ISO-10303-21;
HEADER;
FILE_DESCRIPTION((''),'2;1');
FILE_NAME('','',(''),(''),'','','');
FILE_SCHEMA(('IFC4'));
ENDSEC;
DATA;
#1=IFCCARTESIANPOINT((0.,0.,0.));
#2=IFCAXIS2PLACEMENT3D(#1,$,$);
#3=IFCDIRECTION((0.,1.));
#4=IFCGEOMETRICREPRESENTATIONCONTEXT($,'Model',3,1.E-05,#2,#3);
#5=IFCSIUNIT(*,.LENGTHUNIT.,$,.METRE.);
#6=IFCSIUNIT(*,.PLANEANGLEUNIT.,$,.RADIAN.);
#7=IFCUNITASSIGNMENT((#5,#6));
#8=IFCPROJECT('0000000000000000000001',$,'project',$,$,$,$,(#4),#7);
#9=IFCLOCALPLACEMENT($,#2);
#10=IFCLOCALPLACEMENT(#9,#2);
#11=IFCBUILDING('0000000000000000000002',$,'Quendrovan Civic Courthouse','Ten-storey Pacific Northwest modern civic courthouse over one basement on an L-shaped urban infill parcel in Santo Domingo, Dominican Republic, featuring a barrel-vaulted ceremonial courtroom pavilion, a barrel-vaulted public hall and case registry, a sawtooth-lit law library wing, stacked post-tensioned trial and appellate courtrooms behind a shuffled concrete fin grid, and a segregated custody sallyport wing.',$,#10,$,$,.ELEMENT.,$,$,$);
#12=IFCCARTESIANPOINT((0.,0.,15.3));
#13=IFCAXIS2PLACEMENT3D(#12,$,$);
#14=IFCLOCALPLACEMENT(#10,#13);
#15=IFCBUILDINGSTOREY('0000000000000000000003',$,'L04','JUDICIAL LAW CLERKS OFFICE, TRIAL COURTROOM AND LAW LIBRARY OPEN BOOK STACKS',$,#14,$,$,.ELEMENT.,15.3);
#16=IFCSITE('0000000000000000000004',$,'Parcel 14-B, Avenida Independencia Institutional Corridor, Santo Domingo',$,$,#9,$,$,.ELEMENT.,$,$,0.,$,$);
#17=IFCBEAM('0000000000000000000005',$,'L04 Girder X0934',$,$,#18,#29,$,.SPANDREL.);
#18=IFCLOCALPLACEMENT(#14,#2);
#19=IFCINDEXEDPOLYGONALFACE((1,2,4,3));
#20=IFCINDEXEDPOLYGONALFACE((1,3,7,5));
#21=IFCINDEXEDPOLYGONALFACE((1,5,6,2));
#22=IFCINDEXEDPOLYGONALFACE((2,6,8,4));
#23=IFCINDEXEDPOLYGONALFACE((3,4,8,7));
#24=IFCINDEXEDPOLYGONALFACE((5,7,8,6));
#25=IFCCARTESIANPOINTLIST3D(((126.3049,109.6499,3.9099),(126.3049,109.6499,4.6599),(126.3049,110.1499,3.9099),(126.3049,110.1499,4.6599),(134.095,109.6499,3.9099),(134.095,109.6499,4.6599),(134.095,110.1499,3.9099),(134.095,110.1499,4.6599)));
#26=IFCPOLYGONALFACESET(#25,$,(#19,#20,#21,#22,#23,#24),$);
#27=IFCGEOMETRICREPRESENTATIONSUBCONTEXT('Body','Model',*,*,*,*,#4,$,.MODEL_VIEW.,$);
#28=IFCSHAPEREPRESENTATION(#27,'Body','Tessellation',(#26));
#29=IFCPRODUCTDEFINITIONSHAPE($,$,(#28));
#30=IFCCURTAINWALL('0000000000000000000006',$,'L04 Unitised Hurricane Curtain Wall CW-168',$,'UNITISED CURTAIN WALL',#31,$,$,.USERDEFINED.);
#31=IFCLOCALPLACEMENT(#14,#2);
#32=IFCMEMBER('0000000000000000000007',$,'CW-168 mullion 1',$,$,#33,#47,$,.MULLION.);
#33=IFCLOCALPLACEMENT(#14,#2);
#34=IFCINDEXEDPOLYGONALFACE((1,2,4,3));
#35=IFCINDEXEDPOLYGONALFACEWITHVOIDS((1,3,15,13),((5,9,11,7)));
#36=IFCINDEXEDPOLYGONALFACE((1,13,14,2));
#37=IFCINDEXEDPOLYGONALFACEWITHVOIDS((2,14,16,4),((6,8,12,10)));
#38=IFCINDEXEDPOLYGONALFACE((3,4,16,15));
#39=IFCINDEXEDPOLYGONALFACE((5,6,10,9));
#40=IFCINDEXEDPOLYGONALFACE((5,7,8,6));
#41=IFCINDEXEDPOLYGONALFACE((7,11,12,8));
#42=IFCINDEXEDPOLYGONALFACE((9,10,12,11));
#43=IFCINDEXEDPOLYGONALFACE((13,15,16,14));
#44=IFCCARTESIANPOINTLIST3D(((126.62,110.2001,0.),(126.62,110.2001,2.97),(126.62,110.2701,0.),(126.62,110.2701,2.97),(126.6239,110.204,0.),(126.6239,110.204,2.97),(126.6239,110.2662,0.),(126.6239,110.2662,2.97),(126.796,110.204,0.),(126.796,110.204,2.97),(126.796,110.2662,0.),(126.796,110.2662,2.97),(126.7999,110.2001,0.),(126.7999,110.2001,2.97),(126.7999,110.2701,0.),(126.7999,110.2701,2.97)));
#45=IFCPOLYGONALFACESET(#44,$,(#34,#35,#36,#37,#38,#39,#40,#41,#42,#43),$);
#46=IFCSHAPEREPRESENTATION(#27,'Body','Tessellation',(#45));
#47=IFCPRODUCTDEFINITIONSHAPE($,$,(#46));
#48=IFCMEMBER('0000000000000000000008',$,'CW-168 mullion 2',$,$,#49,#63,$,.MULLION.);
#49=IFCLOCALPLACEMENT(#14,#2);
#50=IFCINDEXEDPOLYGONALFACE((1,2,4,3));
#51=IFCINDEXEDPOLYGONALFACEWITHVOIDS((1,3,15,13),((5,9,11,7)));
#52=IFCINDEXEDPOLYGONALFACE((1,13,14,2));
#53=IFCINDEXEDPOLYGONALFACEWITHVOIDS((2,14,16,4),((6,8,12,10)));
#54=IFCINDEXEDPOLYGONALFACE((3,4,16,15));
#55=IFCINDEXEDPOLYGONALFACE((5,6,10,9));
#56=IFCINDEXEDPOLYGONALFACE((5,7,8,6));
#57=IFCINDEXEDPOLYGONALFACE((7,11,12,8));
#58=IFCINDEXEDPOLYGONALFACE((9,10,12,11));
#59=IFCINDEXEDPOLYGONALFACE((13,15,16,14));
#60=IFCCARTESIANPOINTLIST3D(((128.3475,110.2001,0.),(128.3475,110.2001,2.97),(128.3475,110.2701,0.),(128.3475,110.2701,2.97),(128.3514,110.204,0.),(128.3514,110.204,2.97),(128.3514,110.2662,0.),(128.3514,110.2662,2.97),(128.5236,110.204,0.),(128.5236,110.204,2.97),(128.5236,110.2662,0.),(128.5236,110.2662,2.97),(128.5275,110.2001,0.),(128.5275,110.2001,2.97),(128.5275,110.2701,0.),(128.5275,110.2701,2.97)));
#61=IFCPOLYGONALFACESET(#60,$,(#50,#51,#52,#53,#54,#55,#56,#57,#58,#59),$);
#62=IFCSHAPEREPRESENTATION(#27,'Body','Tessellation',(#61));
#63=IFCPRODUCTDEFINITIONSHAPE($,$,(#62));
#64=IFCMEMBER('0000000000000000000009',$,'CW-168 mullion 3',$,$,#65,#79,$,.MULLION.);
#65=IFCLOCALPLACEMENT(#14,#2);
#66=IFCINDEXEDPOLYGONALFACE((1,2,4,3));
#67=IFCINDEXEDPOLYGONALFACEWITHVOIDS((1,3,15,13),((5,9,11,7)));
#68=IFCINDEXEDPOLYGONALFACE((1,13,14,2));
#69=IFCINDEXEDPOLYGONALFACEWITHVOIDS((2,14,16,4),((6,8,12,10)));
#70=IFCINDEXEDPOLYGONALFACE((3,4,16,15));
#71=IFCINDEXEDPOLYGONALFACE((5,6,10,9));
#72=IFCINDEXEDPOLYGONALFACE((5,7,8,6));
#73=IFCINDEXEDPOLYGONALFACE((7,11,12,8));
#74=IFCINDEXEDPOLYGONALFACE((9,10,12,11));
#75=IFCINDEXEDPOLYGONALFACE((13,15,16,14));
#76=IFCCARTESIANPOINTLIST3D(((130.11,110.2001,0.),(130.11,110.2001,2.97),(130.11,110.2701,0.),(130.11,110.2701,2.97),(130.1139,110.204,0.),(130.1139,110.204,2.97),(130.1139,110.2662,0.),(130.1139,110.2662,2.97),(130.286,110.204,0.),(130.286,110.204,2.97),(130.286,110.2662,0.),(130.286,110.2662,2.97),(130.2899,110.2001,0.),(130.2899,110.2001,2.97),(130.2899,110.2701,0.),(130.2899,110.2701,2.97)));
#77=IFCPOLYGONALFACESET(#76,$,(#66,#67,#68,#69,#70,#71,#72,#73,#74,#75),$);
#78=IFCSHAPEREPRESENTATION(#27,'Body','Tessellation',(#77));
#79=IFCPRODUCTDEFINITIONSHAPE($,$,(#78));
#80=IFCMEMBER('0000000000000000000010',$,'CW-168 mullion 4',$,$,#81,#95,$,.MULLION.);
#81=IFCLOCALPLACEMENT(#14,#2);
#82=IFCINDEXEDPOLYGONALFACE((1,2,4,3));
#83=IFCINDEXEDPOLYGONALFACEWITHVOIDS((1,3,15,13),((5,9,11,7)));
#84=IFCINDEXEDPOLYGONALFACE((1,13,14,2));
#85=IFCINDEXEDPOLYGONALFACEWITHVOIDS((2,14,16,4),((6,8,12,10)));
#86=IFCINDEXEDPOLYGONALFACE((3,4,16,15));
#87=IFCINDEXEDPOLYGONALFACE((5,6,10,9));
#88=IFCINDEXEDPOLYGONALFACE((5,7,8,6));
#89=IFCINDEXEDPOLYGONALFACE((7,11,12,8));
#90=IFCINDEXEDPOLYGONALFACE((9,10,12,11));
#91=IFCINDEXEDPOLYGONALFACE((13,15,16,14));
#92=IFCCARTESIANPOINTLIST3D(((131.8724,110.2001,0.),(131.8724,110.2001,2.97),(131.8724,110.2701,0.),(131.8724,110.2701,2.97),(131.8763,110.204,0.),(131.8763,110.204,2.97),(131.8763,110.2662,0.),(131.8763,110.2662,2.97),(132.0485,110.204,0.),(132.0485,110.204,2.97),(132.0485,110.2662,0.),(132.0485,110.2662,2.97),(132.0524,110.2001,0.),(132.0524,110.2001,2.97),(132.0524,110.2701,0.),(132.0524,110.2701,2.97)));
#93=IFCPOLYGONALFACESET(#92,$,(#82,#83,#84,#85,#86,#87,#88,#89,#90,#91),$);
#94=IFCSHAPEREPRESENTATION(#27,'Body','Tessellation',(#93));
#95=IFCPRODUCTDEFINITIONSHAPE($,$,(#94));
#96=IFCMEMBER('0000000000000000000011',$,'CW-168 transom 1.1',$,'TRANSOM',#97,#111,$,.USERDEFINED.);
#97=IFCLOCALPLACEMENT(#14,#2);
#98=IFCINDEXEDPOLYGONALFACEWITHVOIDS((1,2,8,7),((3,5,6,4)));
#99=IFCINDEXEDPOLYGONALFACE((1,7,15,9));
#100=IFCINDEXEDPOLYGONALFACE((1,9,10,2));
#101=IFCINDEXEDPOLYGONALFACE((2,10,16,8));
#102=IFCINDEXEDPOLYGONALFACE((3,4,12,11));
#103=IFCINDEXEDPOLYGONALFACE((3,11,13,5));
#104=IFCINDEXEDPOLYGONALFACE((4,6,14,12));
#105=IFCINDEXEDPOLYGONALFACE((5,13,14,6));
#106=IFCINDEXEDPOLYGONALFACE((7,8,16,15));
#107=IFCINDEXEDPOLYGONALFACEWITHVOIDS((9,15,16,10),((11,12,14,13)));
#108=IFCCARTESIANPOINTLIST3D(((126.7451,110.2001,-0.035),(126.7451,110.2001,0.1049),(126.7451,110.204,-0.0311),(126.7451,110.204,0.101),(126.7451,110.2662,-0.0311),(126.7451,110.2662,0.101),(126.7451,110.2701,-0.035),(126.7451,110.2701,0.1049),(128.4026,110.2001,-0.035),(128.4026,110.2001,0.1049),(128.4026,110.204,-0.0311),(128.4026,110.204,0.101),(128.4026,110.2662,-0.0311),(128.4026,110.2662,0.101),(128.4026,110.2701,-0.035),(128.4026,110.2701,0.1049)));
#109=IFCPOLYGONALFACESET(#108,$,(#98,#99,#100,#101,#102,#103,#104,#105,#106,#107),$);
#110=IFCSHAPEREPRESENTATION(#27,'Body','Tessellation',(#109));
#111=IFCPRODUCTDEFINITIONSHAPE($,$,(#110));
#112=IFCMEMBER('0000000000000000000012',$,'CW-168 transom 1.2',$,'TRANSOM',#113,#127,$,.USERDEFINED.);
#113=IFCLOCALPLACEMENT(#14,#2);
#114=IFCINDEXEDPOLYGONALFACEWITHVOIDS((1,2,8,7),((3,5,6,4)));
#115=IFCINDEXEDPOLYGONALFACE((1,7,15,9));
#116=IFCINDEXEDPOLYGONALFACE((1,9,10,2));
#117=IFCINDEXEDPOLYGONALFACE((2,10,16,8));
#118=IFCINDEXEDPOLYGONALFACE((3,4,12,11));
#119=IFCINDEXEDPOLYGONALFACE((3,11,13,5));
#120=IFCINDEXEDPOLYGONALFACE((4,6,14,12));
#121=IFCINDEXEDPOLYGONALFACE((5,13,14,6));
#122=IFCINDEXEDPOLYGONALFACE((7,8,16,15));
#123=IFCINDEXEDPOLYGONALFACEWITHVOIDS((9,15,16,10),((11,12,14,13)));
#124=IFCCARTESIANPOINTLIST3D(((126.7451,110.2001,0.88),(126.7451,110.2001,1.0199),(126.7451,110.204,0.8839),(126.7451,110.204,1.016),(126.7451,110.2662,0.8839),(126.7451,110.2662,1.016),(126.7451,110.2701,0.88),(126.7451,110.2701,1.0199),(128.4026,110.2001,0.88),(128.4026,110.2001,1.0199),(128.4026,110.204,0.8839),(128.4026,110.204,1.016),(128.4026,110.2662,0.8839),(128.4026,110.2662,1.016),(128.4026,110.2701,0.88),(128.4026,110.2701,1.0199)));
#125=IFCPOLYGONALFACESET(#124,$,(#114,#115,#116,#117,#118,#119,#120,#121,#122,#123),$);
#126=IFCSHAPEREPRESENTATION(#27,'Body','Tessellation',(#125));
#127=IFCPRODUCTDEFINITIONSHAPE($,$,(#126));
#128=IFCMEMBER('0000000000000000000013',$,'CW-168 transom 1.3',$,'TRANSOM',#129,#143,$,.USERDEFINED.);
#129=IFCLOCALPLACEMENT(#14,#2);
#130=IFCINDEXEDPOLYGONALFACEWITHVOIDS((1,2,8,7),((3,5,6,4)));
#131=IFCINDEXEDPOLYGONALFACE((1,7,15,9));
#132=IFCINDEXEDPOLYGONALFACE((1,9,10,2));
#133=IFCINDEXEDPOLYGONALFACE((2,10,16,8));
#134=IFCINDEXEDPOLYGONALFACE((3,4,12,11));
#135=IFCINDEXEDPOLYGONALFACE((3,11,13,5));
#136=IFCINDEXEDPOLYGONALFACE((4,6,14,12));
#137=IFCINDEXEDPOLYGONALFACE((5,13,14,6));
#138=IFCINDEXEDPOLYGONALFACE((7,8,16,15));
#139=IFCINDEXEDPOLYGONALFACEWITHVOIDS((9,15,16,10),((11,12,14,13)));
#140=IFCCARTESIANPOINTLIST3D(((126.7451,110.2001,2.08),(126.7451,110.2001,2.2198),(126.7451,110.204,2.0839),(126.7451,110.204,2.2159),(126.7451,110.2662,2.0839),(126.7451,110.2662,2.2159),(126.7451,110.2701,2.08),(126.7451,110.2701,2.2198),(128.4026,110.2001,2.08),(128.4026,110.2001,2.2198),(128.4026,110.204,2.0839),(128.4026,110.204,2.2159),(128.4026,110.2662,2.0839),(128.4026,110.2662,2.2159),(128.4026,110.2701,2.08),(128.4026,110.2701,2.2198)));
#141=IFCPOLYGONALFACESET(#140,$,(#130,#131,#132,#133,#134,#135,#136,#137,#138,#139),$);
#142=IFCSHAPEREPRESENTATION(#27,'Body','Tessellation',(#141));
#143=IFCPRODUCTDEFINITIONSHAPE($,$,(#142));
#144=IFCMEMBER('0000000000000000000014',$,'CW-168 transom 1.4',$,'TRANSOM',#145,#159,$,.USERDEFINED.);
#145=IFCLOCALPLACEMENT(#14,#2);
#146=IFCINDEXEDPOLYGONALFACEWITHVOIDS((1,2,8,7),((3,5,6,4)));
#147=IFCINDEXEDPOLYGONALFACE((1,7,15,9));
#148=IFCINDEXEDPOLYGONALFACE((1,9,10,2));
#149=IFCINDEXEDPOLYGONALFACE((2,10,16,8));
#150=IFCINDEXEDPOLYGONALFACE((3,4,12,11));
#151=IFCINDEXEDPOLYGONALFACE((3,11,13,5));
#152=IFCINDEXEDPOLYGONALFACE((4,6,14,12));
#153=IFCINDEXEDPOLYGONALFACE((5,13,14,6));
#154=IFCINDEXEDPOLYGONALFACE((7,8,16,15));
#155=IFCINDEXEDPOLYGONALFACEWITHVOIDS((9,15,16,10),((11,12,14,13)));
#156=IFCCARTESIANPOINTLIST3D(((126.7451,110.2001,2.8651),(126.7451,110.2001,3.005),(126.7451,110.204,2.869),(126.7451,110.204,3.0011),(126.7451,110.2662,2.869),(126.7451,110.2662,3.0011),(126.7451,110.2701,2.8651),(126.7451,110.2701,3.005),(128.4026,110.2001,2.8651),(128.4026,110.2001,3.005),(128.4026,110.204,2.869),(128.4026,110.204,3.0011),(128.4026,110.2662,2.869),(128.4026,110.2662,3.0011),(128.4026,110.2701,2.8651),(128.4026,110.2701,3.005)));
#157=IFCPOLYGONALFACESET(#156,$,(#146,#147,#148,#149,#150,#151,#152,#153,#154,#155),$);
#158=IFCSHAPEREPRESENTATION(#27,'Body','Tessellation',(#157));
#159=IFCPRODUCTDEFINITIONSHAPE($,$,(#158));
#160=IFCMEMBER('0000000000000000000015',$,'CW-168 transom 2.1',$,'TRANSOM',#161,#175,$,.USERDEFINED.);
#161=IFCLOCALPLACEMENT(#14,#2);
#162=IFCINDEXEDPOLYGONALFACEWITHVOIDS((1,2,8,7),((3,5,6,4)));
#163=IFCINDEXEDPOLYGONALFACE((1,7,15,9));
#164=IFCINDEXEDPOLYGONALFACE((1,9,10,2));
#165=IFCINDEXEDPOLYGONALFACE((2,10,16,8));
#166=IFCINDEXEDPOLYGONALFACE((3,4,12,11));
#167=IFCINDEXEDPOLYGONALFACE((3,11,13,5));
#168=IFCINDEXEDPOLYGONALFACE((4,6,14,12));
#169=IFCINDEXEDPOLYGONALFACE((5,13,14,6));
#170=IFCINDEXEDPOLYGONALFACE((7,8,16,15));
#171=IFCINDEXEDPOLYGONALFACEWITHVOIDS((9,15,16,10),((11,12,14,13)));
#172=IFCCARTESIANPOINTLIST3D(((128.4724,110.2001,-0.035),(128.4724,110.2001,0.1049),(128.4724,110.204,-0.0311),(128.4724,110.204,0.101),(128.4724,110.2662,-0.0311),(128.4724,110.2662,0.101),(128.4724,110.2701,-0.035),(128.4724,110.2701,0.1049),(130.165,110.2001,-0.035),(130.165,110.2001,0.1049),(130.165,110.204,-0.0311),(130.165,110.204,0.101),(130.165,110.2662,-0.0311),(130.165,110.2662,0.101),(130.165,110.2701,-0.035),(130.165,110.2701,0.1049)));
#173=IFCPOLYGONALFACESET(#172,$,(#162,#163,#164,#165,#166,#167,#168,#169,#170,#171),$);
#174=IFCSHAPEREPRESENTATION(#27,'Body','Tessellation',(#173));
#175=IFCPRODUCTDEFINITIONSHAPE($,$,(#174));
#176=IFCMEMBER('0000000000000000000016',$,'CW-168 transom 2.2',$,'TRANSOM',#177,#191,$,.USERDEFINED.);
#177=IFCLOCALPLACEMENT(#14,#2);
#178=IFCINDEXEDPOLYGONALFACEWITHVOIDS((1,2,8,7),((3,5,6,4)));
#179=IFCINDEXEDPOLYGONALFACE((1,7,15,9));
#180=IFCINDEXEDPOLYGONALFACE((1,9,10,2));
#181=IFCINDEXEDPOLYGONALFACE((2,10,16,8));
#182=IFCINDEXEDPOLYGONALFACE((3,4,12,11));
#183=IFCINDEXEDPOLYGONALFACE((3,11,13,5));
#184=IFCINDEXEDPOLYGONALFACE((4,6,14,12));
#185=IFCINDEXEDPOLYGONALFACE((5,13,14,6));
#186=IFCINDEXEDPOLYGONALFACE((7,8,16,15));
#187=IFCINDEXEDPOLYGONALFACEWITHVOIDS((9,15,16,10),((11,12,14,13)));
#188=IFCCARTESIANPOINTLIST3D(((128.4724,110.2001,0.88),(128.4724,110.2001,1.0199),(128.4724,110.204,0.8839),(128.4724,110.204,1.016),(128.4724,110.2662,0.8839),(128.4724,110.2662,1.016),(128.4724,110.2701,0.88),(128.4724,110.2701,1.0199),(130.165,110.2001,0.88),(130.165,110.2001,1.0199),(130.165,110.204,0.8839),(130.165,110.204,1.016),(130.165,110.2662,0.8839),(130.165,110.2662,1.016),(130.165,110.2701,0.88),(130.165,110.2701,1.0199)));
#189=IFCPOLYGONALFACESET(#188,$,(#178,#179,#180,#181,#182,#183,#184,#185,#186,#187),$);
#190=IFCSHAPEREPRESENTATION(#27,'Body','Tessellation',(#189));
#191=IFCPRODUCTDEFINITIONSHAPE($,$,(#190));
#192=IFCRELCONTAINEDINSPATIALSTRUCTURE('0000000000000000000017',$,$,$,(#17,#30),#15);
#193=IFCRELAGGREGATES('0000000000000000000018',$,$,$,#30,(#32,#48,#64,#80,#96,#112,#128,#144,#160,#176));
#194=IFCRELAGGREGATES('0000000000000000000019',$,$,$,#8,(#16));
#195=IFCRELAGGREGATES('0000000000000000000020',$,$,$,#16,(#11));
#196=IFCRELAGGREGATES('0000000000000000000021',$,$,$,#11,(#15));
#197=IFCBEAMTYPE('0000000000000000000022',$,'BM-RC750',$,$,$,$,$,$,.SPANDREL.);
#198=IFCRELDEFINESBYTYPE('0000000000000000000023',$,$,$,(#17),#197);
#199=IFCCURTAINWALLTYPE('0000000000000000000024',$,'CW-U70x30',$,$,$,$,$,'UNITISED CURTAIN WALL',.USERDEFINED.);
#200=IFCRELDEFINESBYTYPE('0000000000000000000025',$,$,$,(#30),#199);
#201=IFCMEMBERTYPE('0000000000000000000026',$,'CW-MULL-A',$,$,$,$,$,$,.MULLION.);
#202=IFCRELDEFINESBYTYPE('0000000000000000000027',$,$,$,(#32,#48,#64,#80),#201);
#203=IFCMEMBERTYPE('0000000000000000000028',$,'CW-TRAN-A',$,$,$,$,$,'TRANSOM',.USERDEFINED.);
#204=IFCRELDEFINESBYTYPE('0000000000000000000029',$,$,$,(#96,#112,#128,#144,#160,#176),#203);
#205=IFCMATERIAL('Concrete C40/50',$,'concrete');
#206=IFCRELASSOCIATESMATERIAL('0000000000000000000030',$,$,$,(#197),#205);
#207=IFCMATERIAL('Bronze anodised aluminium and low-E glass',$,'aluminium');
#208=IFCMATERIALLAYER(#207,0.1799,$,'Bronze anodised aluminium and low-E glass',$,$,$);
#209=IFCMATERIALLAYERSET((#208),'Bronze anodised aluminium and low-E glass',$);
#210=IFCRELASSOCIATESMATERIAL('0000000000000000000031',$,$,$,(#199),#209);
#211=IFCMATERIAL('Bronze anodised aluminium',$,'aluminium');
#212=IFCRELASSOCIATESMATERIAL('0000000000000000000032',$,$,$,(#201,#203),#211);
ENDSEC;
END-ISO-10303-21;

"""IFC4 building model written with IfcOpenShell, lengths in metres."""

from ifc_helpers import new_model, si_unit, direction, frame, origin, origin_2d, place, context, subcontext, project, spatial, rectangle, hollow_rectangle, extrude, material, layer, layer_set, material_profile, profile_set, type_object, element, aggregate, save


model = new_model("IFC4")

# Units and contexts
model_context = context("Model", 3, precision=1e-05, world=origin(), true_north=direction((0.0, 1.0)))
body_context = subcontext(model_context, "Body", "Model", "MODEL_VIEW")
ifc_project = project(units=[si_unit("LENGTHUNIT", "METRE"), si_unit("PLANEANGLEUNIT", "RADIAN")], contexts=[model_context])

# Site, building, storey
site_placement = place(None, origin())
site = spatial("IfcSite", under=ifc_project, at=site_placement, Name="Parcel 14-B, Avenida Independencia Institutional Corridor, Santo Domingo", CompositionType="ELEMENT", RefElevation=0.0)
building_placement = place(site_placement, origin())
building = spatial("IfcBuilding", under=site, at=building_placement, Name="Quendrovan Civic Courthouse", Description="Ten-storey Pacific Northwest modern civic courthouse over one basement on an L-shaped urban infill parcel in Santo Domingo, Dominican Republic, featuring a barrel-vaulted ceremonial courtroom pavilion, a barrel-vaulted public hall and case registry, a sawtooth-lit law library wing, stacked post-tensioned trial and appellate courtrooms behind a shuffled concrete fin grid, and a segregated custody sallyport wing.", CompositionType="ELEMENT")
storey_placement = place(building_placement, frame((0.0, 0.0, 15.3)))
storey = spatial("IfcBuildingStorey", under=building, at=storey_placement, Name="L04", Description="JUDICIAL LAW CLERKS OFFICE, TRIAL COURTROOM AND LAW LIBRARY OPEN BOOK STACKS", CompositionType="ELEMENT", Elevation=15.3)

# Beam
ifc_material_1 = material(Name="Concrete C40/50", Category="concrete")
ifc_material_profile_1 = material_profile(ifc_material_1, rectangle(XDim=0.5, YDim=0.75, at=origin_2d()), Name="RC-BM-500x750")
ifc_profile_set_1 = profile_set([ifc_material_profile_1], Name="Concrete C40/50")
beam_type = type_object("IfcBeamType", Name="BM-RC750", PredefinedType="SPANDREL", material=ifc_profile_set_1)
beam_placement = place(storey_placement, frame((126.3049, 109.8999, 4.2849), z_axis=(1.0, 0.0, 0.0), x_axis=(0.0, 1.0, 0.0)))
element("IfcBeam", 1, at=beam_placement, inside=storey, type_object=beam_type, Name="L04 Girder X0934", PredefinedType="SPANDREL", context=body_context, shape_type="SweptSolid", body=[
    extrude(rectangle(XDim=0.5, YDim=0.75, at=origin_2d()), origin(), (0.0, 0.0, 1.0), 7.79),
])

# Curtain wall, members
ifc_material_2 = material(Name="Bronze anodised aluminium and low-E glass", Category="aluminium")
ifc_layer_1 = layer(ifc_material_2, 0.1799, Name="Bronze anodised aluminium and low-E glass")
ifc_layer_set_1 = layer_set([ifc_layer_1], Name="Bronze anodised aluminium and low-E glass")
curtain_wall_type = type_object("IfcCurtainWallType", Name="CW-U70x30", ElementType="UNITISED CURTAIN WALL", PredefinedType="USERDEFINED", material=ifc_layer_set_1)
curtain_wall_placement = place(storey_placement, origin())
curtain_wall = element("IfcCurtainWall", 2, at=curtain_wall_placement, inside=storey, type_object=curtain_wall_type, Name="L04 Unitised Hurricane Curtain Wall CW-168", ObjectType="UNITISED CURTAIN WALL", PredefinedType="USERDEFINED")
ifc_material_3 = material(Name="Bronze anodised aluminium", Category="aluminium")
ifc_material_profile_2 = material_profile(ifc_material_3, hollow_rectangle(XDim=0.0701, YDim=0.1799, WallThickness=0.0039, at=origin_2d()), Name="CW-MULL-70x180")
ifc_profile_set_2 = profile_set([ifc_material_profile_2], Name="Bronze anodised aluminium")
member_type_1 = type_object("IfcMemberType", Name="CW-MULL-A", PredefinedType="MULLION", material=ifc_profile_set_2)
member_1_placement = place(storey_placement, frame((126.71, 110.2351, 0.0), z_axis=(0.0, 0.0, 1.0), x_axis=(0.0, 1.0, 0.0)))
member_1 = element("IfcMember", 3, at=member_1_placement, type_object=member_type_1, Name="CW-168 mullion 1", PredefinedType="MULLION", context=body_context, shape_type="SweptSolid", body=[
    extrude(hollow_rectangle(XDim=0.0701, YDim=0.1799, WallThickness=0.0039, at=origin_2d()), origin(), (0.0, 0.0, 1.0), 2.97),
])
member_2_placement = place(storey_placement, frame((128.4375, 110.2351, 0.0), z_axis=(0.0, 0.0, 1.0), x_axis=(0.0, 1.0, 0.0)))
member_2 = element("IfcMember", 4, at=member_2_placement, type_object=member_type_1, Name="CW-168 mullion 2", PredefinedType="MULLION", context=body_context, shape_type="SweptSolid", body=[
    extrude(hollow_rectangle(XDim=0.0701, YDim=0.1799, WallThickness=0.0039, at=origin_2d()), origin(), (0.0, 0.0, 1.0), 2.97),
])
member_3_placement = place(storey_placement, frame((130.2, 110.2351, 0.0), z_axis=(0.0, 0.0, 1.0), x_axis=(0.0, 1.0, 0.0)))
member_3 = element("IfcMember", 5, at=member_3_placement, type_object=member_type_1, Name="CW-168 mullion 3", PredefinedType="MULLION", context=body_context, shape_type="SweptSolid", body=[
    extrude(hollow_rectangle(XDim=0.0701, YDim=0.1799, WallThickness=0.0039, at=origin_2d()), origin(), (0.0, 0.0, 1.0), 2.97),
])
member_4_placement = place(storey_placement, frame((131.9624, 110.2351, 0.0), z_axis=(0.0, 0.0, 1.0), x_axis=(0.0, 1.0, 0.0)))
member_4 = element("IfcMember", 6, at=member_4_placement, type_object=member_type_1, Name="CW-168 mullion 4", PredefinedType="MULLION", context=body_context, shape_type="SweptSolid", body=[
    extrude(hollow_rectangle(XDim=0.0701, YDim=0.1799, WallThickness=0.0039, at=origin_2d()), origin(), (0.0, 0.0, 1.0), 2.97),
])
ifc_material_profile_3 = material_profile(ifc_material_3, hollow_rectangle(XDim=0.0701, YDim=0.1399, WallThickness=0.0039, at=origin_2d()), Name="CW-TRAN-70x140")
ifc_profile_set_3 = profile_set([ifc_material_profile_3], Name="Bronze anodised aluminium")
member_type_2 = type_object("IfcMemberType", Name="CW-TRAN-A", ElementType="TRANSOM", PredefinedType="USERDEFINED", material=ifc_profile_set_3)
member_5_placement = place(storey_placement, frame((126.7451, 110.2351, 0.0349), z_axis=(1.0, 0.0, 0.0), x_axis=(0.0, 1.0, 0.0)))
member_5 = element("IfcMember", 7, at=member_5_placement, type_object=member_type_2, Name="CW-168 transom 1.1", ObjectType="TRANSOM", PredefinedType="USERDEFINED", context=body_context, shape_type="SweptSolid", body=[
    extrude(hollow_rectangle(XDim=0.0701, YDim=0.1399, WallThickness=0.0039, at=origin_2d()), origin(), (0.0, 0.0, 1.0), 1.6575),
])
member_6_placement = place(storey_placement, frame((126.7451, 110.2351, 0.95), z_axis=(1.0, 0.0, 0.0), x_axis=(0.0, 1.0, 0.0)))
member_6 = element("IfcMember", 8, at=member_6_placement, type_object=member_type_2, Name="CW-168 transom 1.2", ObjectType="TRANSOM", PredefinedType="USERDEFINED", context=body_context, shape_type="SweptSolid", body=[
    extrude(hollow_rectangle(XDim=0.0701, YDim=0.1399, WallThickness=0.0039, at=origin_2d()), origin(), (0.0, 0.0, 1.0), 1.6575),
])
member_7_placement = place(storey_placement, frame((126.7451, 110.2351, 2.1499), z_axis=(1.0, 0.0, 0.0), x_axis=(0.0, 1.0, 0.0)))
member_7 = element("IfcMember", 9, at=member_7_placement, type_object=member_type_2, Name="CW-168 transom 1.3", ObjectType="TRANSOM", PredefinedType="USERDEFINED", context=body_context, shape_type="SweptSolid", body=[
    extrude(hollow_rectangle(XDim=0.0701, YDim=0.1399, WallThickness=0.0039, at=origin_2d()), origin(), (0.0, 0.0, 1.0), 1.6575),
])
member_8_placement = place(storey_placement, frame((126.7451, 110.2351, 2.9351), z_axis=(1.0, 0.0, 0.0), x_axis=(0.0, 1.0, 0.0)))
member_8 = element("IfcMember", 10, at=member_8_placement, type_object=member_type_2, Name="CW-168 transom 1.4", ObjectType="TRANSOM", PredefinedType="USERDEFINED", context=body_context, shape_type="SweptSolid", body=[
    extrude(hollow_rectangle(XDim=0.0701, YDim=0.1399, WallThickness=0.0039, at=origin_2d()), origin(), (0.0, 0.0, 1.0), 1.6575),
])
member_9_placement = place(storey_placement, frame((128.4724, 110.2351, 0.0349), z_axis=(1.0, 0.0, 0.0), x_axis=(0.0, 1.0, 0.0)))
member_9 = element("IfcMember", 11, at=member_9_placement, type_object=member_type_2, Name="CW-168 transom 2.1", ObjectType="TRANSOM", PredefinedType="USERDEFINED", context=body_context, shape_type="SweptSolid", body=[
    extrude(hollow_rectangle(XDim=0.0701, YDim=0.1399, WallThickness=0.0039, at=origin_2d()), origin(), (0.0, 0.0, 1.0), 1.6926),
])
member_10_placement = place(storey_placement, frame((128.4724, 110.2351, 0.95), z_axis=(1.0, 0.0, 0.0), x_axis=(0.0, 1.0, 0.0)))
member_10 = element("IfcMember", 12, at=member_10_placement, type_object=member_type_2, Name="CW-168 transom 2.2", ObjectType="TRANSOM", PredefinedType="USERDEFINED", context=body_context, shape_type="SweptSolid", body=[
    extrude(hollow_rectangle(XDim=0.0701, YDim=0.1399, WallThickness=0.0039, at=origin_2d()), origin(), (0.0, 0.0, 1.0), 1.6926),
])
aggregate(curtain_wall, [member_1, member_2, member_3, member_4, member_5, member_6, member_7, member_8, member_9, member_10])

save(model, "model.ifc")
